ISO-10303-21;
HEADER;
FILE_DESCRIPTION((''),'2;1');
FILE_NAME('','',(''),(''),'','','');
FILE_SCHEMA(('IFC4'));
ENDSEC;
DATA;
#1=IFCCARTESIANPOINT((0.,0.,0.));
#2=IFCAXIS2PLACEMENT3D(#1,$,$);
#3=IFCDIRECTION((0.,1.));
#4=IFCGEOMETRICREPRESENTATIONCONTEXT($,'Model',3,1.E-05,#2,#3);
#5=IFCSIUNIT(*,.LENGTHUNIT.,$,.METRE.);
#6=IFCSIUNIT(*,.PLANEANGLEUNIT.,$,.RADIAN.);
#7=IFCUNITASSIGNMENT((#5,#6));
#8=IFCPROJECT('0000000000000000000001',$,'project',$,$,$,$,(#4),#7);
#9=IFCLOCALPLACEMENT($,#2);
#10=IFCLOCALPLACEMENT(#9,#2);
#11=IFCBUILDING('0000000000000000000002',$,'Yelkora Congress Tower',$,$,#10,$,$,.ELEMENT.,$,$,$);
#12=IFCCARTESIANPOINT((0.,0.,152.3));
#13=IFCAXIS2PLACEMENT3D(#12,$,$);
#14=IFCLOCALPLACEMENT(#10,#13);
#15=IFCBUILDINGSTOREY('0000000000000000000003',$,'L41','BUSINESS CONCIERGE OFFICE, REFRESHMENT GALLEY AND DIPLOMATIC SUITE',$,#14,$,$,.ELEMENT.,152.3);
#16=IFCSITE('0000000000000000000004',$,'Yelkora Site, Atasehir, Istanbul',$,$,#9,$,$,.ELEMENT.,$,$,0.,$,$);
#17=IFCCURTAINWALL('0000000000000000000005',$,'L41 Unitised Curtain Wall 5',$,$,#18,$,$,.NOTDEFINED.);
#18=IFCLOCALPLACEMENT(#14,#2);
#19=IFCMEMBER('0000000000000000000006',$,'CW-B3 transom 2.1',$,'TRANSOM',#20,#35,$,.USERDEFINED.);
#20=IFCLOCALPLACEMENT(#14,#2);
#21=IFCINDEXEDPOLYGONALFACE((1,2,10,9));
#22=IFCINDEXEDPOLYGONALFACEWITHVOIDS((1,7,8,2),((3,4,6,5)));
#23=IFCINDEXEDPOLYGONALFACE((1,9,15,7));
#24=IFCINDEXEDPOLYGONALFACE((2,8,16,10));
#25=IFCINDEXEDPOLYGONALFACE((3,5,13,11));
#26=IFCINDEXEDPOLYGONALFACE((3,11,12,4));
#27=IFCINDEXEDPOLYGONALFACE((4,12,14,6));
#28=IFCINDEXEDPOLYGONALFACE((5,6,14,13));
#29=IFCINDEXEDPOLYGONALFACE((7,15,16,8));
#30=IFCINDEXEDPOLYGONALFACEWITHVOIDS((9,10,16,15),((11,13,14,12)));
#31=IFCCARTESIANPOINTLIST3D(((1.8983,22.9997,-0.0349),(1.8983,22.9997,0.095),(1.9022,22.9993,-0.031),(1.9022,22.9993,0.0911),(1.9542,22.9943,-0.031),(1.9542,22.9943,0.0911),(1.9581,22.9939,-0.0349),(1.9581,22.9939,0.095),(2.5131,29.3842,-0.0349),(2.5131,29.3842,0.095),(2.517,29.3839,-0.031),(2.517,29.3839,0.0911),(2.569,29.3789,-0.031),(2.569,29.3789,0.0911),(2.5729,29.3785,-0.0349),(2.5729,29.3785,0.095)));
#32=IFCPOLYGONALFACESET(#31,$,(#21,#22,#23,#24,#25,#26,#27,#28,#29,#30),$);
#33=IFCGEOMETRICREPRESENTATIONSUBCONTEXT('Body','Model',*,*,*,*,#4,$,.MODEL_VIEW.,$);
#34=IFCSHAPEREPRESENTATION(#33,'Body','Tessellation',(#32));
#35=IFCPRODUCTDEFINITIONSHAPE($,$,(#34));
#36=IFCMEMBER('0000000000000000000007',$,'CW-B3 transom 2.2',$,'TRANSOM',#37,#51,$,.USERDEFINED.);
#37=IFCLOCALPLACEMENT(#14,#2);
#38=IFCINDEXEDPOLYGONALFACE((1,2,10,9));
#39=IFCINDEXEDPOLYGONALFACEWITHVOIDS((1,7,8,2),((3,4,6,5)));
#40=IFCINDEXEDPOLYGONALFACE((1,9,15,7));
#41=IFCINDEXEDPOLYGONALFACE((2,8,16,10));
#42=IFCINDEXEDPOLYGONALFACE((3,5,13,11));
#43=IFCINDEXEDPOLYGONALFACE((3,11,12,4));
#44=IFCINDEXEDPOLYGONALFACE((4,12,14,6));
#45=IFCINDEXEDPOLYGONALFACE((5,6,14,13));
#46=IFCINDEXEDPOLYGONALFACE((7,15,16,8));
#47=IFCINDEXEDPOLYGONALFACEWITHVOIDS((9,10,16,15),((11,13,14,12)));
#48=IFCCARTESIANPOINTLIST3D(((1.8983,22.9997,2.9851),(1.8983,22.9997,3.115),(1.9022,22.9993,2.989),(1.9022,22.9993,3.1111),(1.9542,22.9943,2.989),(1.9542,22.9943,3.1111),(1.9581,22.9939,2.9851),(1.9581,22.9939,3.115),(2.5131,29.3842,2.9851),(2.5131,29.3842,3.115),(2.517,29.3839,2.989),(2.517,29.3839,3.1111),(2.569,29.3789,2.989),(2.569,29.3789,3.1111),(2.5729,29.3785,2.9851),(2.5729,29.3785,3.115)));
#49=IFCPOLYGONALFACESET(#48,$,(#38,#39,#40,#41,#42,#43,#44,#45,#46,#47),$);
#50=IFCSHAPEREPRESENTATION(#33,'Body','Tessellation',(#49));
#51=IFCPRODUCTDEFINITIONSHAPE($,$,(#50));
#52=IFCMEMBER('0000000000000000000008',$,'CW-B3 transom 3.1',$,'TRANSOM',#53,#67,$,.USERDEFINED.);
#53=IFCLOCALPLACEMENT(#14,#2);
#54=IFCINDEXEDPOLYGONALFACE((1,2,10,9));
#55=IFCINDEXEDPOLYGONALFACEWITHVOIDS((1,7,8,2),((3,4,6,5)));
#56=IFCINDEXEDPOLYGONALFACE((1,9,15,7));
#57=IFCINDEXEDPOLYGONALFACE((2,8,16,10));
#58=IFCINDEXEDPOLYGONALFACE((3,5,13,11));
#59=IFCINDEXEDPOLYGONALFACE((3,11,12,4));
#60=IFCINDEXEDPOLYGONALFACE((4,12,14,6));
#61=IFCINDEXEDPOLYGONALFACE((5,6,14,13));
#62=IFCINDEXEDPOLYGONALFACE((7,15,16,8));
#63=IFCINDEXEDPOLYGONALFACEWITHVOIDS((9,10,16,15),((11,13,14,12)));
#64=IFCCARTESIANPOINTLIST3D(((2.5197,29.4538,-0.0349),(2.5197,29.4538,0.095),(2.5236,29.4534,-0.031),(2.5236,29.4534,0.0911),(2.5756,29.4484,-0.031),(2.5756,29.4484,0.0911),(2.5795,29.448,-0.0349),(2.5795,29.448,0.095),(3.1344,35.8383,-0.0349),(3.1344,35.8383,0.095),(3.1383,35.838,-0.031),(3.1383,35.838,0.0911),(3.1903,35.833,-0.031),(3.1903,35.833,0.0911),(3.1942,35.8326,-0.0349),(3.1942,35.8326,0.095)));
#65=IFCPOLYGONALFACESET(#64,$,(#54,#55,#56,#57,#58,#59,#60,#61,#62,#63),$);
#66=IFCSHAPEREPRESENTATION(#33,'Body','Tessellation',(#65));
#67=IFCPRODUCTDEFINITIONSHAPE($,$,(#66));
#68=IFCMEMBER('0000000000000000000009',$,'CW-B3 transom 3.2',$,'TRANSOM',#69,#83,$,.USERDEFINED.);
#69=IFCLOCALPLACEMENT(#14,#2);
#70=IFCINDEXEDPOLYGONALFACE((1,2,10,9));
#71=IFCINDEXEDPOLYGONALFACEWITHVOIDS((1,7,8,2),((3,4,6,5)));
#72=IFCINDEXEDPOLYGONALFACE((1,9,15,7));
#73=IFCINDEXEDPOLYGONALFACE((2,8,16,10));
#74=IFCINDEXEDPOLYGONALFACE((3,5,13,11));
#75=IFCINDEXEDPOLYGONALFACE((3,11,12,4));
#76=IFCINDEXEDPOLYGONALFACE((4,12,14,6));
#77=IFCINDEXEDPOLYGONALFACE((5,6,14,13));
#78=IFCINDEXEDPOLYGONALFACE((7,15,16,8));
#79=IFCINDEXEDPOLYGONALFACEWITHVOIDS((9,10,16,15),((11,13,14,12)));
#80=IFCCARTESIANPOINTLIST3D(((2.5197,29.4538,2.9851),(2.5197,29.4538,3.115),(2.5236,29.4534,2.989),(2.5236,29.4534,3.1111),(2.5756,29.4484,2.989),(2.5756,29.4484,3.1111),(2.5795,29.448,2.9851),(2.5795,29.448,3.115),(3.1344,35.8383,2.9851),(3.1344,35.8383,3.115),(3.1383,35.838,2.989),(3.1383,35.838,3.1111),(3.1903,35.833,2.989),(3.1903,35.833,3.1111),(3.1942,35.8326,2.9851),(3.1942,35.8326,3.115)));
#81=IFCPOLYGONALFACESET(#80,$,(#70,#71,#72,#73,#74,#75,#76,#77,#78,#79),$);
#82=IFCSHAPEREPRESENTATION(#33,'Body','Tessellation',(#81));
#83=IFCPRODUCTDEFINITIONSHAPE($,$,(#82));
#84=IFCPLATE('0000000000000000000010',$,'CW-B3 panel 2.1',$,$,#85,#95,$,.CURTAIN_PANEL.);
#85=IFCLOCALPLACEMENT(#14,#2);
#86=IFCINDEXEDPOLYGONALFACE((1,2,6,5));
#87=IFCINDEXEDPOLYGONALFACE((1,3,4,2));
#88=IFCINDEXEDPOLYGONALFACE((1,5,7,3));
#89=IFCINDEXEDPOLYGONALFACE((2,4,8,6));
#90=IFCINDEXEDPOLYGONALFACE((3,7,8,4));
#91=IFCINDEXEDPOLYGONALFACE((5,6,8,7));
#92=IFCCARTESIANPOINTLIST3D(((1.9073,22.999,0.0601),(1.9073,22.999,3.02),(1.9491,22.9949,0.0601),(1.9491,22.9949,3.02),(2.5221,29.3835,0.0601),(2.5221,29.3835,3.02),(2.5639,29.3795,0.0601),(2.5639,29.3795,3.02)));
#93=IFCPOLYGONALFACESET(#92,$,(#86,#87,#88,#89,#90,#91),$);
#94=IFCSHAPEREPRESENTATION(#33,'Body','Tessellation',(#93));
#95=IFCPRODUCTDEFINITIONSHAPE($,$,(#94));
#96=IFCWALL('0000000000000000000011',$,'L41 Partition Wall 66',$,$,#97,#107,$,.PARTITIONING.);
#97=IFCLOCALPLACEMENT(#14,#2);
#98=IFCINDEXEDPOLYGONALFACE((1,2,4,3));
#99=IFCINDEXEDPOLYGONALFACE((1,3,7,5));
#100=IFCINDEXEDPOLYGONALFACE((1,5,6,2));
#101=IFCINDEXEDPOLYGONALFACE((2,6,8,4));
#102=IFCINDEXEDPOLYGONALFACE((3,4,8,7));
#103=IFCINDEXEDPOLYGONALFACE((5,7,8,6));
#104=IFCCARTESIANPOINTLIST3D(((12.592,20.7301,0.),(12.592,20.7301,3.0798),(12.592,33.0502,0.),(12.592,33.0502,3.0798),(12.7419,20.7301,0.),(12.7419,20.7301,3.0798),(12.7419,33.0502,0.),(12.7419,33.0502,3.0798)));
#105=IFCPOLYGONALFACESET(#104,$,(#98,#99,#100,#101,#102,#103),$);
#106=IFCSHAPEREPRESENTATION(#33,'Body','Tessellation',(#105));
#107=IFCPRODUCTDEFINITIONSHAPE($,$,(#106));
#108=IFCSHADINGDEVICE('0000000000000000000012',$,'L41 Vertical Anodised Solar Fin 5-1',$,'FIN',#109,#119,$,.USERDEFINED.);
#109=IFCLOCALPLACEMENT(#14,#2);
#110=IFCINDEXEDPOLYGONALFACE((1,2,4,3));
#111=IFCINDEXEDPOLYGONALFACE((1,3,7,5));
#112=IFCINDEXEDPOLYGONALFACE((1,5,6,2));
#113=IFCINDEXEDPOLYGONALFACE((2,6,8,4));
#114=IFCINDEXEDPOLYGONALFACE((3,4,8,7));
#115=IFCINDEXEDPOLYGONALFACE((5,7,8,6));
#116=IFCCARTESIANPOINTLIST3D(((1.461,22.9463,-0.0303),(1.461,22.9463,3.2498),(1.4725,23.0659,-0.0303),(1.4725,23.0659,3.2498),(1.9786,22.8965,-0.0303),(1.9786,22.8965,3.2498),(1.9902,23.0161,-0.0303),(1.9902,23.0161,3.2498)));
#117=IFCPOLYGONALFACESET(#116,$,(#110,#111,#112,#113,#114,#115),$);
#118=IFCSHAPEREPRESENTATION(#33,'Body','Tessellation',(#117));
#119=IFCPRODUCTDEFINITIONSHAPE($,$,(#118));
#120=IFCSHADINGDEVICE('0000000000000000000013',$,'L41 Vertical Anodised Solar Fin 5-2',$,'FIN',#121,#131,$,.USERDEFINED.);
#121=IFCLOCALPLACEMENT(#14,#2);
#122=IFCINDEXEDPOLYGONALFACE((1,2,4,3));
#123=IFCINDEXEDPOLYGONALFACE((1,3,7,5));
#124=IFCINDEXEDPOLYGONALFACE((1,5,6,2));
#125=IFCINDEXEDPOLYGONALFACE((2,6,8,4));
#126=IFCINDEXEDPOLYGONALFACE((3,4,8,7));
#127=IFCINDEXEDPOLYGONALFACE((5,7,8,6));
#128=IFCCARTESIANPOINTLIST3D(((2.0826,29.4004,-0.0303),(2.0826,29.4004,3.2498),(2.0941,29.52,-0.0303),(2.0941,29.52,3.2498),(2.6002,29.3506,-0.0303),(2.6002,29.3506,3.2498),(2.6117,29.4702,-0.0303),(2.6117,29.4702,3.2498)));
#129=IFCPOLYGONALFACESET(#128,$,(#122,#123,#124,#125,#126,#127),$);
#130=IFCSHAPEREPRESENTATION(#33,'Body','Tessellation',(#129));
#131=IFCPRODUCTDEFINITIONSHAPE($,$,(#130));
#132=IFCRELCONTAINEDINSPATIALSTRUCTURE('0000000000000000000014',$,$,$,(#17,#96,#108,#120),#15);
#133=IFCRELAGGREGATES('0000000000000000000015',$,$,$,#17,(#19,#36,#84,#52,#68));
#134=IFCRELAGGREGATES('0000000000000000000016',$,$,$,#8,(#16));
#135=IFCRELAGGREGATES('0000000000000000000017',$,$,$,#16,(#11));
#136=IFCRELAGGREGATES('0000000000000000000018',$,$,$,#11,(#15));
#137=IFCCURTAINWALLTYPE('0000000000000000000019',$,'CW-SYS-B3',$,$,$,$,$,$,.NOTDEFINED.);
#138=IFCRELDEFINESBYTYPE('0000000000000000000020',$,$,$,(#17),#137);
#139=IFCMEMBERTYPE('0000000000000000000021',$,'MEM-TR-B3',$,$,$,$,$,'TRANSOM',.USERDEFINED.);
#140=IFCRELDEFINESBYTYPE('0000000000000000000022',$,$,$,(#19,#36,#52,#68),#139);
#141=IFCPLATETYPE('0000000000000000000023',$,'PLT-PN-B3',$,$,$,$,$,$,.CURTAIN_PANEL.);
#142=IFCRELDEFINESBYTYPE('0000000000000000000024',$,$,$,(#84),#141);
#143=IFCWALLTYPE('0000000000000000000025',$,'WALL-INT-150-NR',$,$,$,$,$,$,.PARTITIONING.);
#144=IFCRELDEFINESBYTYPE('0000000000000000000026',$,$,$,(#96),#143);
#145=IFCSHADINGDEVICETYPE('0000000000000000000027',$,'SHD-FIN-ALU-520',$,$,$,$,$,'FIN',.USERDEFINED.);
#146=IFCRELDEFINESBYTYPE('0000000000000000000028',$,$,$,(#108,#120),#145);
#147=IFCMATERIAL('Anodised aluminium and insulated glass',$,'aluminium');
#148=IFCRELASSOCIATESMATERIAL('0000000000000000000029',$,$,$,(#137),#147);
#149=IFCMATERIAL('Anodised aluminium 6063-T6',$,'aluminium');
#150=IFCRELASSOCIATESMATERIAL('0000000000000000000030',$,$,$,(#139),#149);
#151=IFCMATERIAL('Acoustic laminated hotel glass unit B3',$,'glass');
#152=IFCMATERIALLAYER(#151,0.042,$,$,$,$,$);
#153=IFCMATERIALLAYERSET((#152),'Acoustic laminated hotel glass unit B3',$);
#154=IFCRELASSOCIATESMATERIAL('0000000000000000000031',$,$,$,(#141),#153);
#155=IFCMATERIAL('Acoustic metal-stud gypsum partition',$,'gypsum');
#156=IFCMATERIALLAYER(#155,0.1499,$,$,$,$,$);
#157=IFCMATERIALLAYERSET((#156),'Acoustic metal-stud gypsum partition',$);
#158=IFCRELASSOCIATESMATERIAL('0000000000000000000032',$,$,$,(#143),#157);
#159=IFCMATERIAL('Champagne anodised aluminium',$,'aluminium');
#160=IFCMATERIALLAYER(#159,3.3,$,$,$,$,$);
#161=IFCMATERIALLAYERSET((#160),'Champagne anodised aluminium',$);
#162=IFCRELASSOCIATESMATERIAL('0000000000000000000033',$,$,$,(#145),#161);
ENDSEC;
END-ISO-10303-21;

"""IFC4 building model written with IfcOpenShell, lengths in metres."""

from ifc_helpers import new_model, si_unit, direction, frame, frame_2d, origin, origin_2d, place, context, subcontext, project, spatial, rectangle, hollow_rectangle, extrude, material, layer, layer_set, material_profile, profile_set, type_object, element, aggregate, save


model = new_model("IFC4")

# Units and contexts
model_context = context("Model", 3, precision=1e-05, world=origin(), true_north=direction((0.0, 1.0)))
body_context = subcontext(model_context, "Body", "Model", "MODEL_VIEW")
ifc_project = project(units=[si_unit("LENGTHUNIT", "METRE"), si_unit("PLANEANGLEUNIT", "RADIAN")], contexts=[model_context])

# Site, building, storey
site_placement = place(None, origin())
site = spatial("IfcSite", under=ifc_project, at=site_placement, Name="Yelkora Site, Atasehir, Istanbul", CompositionType="ELEMENT", RefElevation=0.0)
building_placement = place(site_placement, origin())
building = spatial("IfcBuilding", under=site, at=building_placement, Name="Yelkora Congress Tower", CompositionType="ELEMENT")
storey_placement = place(building_placement, frame((0.0, 0.0, 152.3)))
storey = spatial("IfcBuildingStorey", under=building, at=storey_placement, Name="L41", Description="BUSINESS CONCIERGE OFFICE, REFRESHMENT GALLEY AND DIPLOMATIC SUITE", CompositionType="ELEMENT", Elevation=152.3)

# Curtain wall, members, plate
ifc_material_1 = material(Name="Anodised aluminium and insulated glass", Category="aluminium")
curtain_wall_type = type_object("IfcCurtainWallType", Name="CW-SYS-B3", PredefinedType="NOTDEFINED", material=ifc_material_1)
curtain_wall_placement = place(storey_placement, origin())
curtain_wall = element("IfcCurtainWall", 1, at=curtain_wall_placement, inside=storey, type_object=curtain_wall_type, Name="L41 Unitised Curtain Wall 5", PredefinedType="NOTDEFINED")
ifc_material_2 = material(Name="Anodised aluminium 6063-T6", Category="aluminium")
ifc_material_profile_1 = material_profile(ifc_material_2, hollow_rectangle(XDim=0.0601, YDim=0.1299, WallThickness=0.0039, at=origin_2d()), Name="ALU 60x130x4")
ifc_profile_set_1 = profile_set([ifc_material_profile_1], Name="Anodised aluminium 6063-T6")
member_type_1 = type_object("IfcMemberType", Name="MEM-TR-B3", ElementType="TRANSOM", PredefinedType="USERDEFINED", material=ifc_profile_set_1)
member_1_placement = place(storey_placement, frame((1.9282, 22.9968, 0.03), z_axis=(0.095844, 0.995396, 0.0), x_axis=(-0.995396, 0.095844, 0.0)))
member_1 = element("IfcMember", 2, at=member_1_placement, type_object=member_type_1, Name="CW-B3 transom 2.1", ObjectType="TRANSOM", PredefinedType="USERDEFINED", context=body_context, shape_type="SweptSolid", body=[
    extrude(hollow_rectangle(XDim=0.0601, YDim=0.1299, WallThickness=0.0039, at=origin_2d()), origin(), (0.0, 0.0, 1.0), 6.4141),
])
member_2_placement = place(storey_placement, frame((1.9282, 22.9968, 3.05), z_axis=(0.095844, 0.995396, 0.0), x_axis=(-0.995396, 0.095844, 0.0)))
member_2 = element("IfcMember", 3, at=member_2_placement, type_object=member_type_1, Name="CW-B3 transom 2.2", ObjectType="TRANSOM", PredefinedType="USERDEFINED", context=body_context, shape_type="SweptSolid", body=[
    extrude(hollow_rectangle(XDim=0.0601, YDim=0.1299, WallThickness=0.0039, at=origin_2d()), origin(), (0.0, 0.0, 1.0), 6.4141),
])
member_3_placement = place(storey_placement, frame((2.5496, 29.4509, 0.03), z_axis=(0.095844, 0.995396, 0.0), x_axis=(-0.995396, 0.095844, 0.0)))
member_3 = element("IfcMember", 4, at=member_3_placement, type_object=member_type_1, Name="CW-B3 transom 3.1", ObjectType="TRANSOM", PredefinedType="USERDEFINED", context=body_context, shape_type="SweptSolid", body=[
    extrude(hollow_rectangle(XDim=0.0601, YDim=0.1299, WallThickness=0.0039, at=origin_2d()), origin(), (0.0, 0.0, 1.0), 6.4141),
])
member_4_placement = place(storey_placement, frame((2.5496, 29.4509, 3.05), z_axis=(0.095844, 0.995396, 0.0), x_axis=(-0.995396, 0.095844, 0.0)))
member_4 = element("IfcMember", 5, at=member_4_placement, type_object=member_type_1, Name="CW-B3 transom 3.2", ObjectType="TRANSOM", PredefinedType="USERDEFINED", context=body_context, shape_type="SweptSolid", body=[
    extrude(hollow_rectangle(XDim=0.0601, YDim=0.1299, WallThickness=0.0039, at=origin_2d()), origin(), (0.0, 0.0, 1.0), 6.4141),
])
ifc_material_3 = material(Name="Acoustic laminated hotel glass unit B3", Category="glass")
ifc_layer_1 = layer(ifc_material_3, 0.042)
ifc_layer_set_1 = layer_set([ifc_layer_1], Name="Acoustic laminated hotel glass unit B3")
plate_type = type_object("IfcPlateType", Name="PLT-PN-B3", PredefinedType="CURTAIN_PANEL", material=ifc_layer_set_1)
plate_placement = place(storey_placement, frame((2.2356, 26.1892, 0.0601), z_axis=(0.0, 0.0, 1.0), x_axis=(0.095845, 0.995396, 0.0)))
plate = element("IfcPlate", 6, at=plate_placement, type_object=plate_type, Name="CW-B3 panel 2.1", PredefinedType="CURTAIN_PANEL", context=body_context, shape_type="SweptSolid", body=[
    extrude(rectangle(XDim=6.4141, YDim=0.042, at=origin_2d()), origin(), (0.0, 0.0, 1.0), 2.96),
])
aggregate(curtain_wall, [member_1, member_2, plate, member_3, member_4])

# Wall
ifc_material_4 = material(Name="Acoustic metal-stud gypsum partition", Category="gypsum")
ifc_layer_2 = layer(ifc_material_4, 0.1499)
ifc_layer_set_2 = layer_set([ifc_layer_2], Name="Acoustic metal-stud gypsum partition")
wall_type = type_object("IfcWallType", Name="WALL-INT-150-NR", PredefinedType="PARTITIONING", material=ifc_layer_set_2)
wall_placement = place(storey_placement, frame((12.667, 20.73, 0.0), z_axis=(0.0, 0.0, 1.0), x_axis=(0.0, 1.0, 0.0)))
element("IfcWall", 7, at=wall_placement, inside=storey, type_object=wall_type, Name="L41 Partition Wall 66", PredefinedType="PARTITIONING", context=body_context, shape_type="SweptSolid", body=[
    extrude(rectangle(XDim=12.3201, YDim=0.1499, at=frame_2d((6.1602, 0.0))), origin(), (0.0, 0.0, 1.0), 3.0798),
])

# Shading devices
ifc_material_5 = material(Name="Champagne anodised aluminium", Category="aluminium")
ifc_layer_3 = layer(ifc_material_5, 3.3)
ifc_layer_set_3 = layer_set([ifc_layer_3], Name="Champagne anodised aluminium")
shading_device_type = type_object("IfcShadingDeviceType", Name="SHD-FIN-ALU-520", ElementType="FIN", PredefinedType="USERDEFINED", material=ifc_layer_set_3)
for number, where, z_axis, x_axis, name in (
    (8, (1.7256, 22.9812, -0.0303), (0.0, 0.0, 1.0), (0.095846, 0.995396, 0.0), "L41 Vertical Anodised Solar Fin 5-1"),
    (9, (2.3472, 29.4353, -0.0303), (0.0, 0.0, 1.0), (0.095846, 0.995396, 0.0), "L41 Vertical Anodised Solar Fin 5-2"),
):
    element("IfcShadingDevice", number, at=place(storey_placement, frame(where, z_axis=z_axis, x_axis=x_axis)), inside=storey, type_object=shading_device_type, Name=name, ObjectType="FIN", PredefinedType="USERDEFINED", context=body_context, shape_type="SweptSolid", body=[
        extrude(rectangle(XDim=0.1201, YDim=0.52, at=origin_2d()), origin(), (0.0, 0.0, 1.0), 3.28),
    ])

save(model, "model.ifc")
